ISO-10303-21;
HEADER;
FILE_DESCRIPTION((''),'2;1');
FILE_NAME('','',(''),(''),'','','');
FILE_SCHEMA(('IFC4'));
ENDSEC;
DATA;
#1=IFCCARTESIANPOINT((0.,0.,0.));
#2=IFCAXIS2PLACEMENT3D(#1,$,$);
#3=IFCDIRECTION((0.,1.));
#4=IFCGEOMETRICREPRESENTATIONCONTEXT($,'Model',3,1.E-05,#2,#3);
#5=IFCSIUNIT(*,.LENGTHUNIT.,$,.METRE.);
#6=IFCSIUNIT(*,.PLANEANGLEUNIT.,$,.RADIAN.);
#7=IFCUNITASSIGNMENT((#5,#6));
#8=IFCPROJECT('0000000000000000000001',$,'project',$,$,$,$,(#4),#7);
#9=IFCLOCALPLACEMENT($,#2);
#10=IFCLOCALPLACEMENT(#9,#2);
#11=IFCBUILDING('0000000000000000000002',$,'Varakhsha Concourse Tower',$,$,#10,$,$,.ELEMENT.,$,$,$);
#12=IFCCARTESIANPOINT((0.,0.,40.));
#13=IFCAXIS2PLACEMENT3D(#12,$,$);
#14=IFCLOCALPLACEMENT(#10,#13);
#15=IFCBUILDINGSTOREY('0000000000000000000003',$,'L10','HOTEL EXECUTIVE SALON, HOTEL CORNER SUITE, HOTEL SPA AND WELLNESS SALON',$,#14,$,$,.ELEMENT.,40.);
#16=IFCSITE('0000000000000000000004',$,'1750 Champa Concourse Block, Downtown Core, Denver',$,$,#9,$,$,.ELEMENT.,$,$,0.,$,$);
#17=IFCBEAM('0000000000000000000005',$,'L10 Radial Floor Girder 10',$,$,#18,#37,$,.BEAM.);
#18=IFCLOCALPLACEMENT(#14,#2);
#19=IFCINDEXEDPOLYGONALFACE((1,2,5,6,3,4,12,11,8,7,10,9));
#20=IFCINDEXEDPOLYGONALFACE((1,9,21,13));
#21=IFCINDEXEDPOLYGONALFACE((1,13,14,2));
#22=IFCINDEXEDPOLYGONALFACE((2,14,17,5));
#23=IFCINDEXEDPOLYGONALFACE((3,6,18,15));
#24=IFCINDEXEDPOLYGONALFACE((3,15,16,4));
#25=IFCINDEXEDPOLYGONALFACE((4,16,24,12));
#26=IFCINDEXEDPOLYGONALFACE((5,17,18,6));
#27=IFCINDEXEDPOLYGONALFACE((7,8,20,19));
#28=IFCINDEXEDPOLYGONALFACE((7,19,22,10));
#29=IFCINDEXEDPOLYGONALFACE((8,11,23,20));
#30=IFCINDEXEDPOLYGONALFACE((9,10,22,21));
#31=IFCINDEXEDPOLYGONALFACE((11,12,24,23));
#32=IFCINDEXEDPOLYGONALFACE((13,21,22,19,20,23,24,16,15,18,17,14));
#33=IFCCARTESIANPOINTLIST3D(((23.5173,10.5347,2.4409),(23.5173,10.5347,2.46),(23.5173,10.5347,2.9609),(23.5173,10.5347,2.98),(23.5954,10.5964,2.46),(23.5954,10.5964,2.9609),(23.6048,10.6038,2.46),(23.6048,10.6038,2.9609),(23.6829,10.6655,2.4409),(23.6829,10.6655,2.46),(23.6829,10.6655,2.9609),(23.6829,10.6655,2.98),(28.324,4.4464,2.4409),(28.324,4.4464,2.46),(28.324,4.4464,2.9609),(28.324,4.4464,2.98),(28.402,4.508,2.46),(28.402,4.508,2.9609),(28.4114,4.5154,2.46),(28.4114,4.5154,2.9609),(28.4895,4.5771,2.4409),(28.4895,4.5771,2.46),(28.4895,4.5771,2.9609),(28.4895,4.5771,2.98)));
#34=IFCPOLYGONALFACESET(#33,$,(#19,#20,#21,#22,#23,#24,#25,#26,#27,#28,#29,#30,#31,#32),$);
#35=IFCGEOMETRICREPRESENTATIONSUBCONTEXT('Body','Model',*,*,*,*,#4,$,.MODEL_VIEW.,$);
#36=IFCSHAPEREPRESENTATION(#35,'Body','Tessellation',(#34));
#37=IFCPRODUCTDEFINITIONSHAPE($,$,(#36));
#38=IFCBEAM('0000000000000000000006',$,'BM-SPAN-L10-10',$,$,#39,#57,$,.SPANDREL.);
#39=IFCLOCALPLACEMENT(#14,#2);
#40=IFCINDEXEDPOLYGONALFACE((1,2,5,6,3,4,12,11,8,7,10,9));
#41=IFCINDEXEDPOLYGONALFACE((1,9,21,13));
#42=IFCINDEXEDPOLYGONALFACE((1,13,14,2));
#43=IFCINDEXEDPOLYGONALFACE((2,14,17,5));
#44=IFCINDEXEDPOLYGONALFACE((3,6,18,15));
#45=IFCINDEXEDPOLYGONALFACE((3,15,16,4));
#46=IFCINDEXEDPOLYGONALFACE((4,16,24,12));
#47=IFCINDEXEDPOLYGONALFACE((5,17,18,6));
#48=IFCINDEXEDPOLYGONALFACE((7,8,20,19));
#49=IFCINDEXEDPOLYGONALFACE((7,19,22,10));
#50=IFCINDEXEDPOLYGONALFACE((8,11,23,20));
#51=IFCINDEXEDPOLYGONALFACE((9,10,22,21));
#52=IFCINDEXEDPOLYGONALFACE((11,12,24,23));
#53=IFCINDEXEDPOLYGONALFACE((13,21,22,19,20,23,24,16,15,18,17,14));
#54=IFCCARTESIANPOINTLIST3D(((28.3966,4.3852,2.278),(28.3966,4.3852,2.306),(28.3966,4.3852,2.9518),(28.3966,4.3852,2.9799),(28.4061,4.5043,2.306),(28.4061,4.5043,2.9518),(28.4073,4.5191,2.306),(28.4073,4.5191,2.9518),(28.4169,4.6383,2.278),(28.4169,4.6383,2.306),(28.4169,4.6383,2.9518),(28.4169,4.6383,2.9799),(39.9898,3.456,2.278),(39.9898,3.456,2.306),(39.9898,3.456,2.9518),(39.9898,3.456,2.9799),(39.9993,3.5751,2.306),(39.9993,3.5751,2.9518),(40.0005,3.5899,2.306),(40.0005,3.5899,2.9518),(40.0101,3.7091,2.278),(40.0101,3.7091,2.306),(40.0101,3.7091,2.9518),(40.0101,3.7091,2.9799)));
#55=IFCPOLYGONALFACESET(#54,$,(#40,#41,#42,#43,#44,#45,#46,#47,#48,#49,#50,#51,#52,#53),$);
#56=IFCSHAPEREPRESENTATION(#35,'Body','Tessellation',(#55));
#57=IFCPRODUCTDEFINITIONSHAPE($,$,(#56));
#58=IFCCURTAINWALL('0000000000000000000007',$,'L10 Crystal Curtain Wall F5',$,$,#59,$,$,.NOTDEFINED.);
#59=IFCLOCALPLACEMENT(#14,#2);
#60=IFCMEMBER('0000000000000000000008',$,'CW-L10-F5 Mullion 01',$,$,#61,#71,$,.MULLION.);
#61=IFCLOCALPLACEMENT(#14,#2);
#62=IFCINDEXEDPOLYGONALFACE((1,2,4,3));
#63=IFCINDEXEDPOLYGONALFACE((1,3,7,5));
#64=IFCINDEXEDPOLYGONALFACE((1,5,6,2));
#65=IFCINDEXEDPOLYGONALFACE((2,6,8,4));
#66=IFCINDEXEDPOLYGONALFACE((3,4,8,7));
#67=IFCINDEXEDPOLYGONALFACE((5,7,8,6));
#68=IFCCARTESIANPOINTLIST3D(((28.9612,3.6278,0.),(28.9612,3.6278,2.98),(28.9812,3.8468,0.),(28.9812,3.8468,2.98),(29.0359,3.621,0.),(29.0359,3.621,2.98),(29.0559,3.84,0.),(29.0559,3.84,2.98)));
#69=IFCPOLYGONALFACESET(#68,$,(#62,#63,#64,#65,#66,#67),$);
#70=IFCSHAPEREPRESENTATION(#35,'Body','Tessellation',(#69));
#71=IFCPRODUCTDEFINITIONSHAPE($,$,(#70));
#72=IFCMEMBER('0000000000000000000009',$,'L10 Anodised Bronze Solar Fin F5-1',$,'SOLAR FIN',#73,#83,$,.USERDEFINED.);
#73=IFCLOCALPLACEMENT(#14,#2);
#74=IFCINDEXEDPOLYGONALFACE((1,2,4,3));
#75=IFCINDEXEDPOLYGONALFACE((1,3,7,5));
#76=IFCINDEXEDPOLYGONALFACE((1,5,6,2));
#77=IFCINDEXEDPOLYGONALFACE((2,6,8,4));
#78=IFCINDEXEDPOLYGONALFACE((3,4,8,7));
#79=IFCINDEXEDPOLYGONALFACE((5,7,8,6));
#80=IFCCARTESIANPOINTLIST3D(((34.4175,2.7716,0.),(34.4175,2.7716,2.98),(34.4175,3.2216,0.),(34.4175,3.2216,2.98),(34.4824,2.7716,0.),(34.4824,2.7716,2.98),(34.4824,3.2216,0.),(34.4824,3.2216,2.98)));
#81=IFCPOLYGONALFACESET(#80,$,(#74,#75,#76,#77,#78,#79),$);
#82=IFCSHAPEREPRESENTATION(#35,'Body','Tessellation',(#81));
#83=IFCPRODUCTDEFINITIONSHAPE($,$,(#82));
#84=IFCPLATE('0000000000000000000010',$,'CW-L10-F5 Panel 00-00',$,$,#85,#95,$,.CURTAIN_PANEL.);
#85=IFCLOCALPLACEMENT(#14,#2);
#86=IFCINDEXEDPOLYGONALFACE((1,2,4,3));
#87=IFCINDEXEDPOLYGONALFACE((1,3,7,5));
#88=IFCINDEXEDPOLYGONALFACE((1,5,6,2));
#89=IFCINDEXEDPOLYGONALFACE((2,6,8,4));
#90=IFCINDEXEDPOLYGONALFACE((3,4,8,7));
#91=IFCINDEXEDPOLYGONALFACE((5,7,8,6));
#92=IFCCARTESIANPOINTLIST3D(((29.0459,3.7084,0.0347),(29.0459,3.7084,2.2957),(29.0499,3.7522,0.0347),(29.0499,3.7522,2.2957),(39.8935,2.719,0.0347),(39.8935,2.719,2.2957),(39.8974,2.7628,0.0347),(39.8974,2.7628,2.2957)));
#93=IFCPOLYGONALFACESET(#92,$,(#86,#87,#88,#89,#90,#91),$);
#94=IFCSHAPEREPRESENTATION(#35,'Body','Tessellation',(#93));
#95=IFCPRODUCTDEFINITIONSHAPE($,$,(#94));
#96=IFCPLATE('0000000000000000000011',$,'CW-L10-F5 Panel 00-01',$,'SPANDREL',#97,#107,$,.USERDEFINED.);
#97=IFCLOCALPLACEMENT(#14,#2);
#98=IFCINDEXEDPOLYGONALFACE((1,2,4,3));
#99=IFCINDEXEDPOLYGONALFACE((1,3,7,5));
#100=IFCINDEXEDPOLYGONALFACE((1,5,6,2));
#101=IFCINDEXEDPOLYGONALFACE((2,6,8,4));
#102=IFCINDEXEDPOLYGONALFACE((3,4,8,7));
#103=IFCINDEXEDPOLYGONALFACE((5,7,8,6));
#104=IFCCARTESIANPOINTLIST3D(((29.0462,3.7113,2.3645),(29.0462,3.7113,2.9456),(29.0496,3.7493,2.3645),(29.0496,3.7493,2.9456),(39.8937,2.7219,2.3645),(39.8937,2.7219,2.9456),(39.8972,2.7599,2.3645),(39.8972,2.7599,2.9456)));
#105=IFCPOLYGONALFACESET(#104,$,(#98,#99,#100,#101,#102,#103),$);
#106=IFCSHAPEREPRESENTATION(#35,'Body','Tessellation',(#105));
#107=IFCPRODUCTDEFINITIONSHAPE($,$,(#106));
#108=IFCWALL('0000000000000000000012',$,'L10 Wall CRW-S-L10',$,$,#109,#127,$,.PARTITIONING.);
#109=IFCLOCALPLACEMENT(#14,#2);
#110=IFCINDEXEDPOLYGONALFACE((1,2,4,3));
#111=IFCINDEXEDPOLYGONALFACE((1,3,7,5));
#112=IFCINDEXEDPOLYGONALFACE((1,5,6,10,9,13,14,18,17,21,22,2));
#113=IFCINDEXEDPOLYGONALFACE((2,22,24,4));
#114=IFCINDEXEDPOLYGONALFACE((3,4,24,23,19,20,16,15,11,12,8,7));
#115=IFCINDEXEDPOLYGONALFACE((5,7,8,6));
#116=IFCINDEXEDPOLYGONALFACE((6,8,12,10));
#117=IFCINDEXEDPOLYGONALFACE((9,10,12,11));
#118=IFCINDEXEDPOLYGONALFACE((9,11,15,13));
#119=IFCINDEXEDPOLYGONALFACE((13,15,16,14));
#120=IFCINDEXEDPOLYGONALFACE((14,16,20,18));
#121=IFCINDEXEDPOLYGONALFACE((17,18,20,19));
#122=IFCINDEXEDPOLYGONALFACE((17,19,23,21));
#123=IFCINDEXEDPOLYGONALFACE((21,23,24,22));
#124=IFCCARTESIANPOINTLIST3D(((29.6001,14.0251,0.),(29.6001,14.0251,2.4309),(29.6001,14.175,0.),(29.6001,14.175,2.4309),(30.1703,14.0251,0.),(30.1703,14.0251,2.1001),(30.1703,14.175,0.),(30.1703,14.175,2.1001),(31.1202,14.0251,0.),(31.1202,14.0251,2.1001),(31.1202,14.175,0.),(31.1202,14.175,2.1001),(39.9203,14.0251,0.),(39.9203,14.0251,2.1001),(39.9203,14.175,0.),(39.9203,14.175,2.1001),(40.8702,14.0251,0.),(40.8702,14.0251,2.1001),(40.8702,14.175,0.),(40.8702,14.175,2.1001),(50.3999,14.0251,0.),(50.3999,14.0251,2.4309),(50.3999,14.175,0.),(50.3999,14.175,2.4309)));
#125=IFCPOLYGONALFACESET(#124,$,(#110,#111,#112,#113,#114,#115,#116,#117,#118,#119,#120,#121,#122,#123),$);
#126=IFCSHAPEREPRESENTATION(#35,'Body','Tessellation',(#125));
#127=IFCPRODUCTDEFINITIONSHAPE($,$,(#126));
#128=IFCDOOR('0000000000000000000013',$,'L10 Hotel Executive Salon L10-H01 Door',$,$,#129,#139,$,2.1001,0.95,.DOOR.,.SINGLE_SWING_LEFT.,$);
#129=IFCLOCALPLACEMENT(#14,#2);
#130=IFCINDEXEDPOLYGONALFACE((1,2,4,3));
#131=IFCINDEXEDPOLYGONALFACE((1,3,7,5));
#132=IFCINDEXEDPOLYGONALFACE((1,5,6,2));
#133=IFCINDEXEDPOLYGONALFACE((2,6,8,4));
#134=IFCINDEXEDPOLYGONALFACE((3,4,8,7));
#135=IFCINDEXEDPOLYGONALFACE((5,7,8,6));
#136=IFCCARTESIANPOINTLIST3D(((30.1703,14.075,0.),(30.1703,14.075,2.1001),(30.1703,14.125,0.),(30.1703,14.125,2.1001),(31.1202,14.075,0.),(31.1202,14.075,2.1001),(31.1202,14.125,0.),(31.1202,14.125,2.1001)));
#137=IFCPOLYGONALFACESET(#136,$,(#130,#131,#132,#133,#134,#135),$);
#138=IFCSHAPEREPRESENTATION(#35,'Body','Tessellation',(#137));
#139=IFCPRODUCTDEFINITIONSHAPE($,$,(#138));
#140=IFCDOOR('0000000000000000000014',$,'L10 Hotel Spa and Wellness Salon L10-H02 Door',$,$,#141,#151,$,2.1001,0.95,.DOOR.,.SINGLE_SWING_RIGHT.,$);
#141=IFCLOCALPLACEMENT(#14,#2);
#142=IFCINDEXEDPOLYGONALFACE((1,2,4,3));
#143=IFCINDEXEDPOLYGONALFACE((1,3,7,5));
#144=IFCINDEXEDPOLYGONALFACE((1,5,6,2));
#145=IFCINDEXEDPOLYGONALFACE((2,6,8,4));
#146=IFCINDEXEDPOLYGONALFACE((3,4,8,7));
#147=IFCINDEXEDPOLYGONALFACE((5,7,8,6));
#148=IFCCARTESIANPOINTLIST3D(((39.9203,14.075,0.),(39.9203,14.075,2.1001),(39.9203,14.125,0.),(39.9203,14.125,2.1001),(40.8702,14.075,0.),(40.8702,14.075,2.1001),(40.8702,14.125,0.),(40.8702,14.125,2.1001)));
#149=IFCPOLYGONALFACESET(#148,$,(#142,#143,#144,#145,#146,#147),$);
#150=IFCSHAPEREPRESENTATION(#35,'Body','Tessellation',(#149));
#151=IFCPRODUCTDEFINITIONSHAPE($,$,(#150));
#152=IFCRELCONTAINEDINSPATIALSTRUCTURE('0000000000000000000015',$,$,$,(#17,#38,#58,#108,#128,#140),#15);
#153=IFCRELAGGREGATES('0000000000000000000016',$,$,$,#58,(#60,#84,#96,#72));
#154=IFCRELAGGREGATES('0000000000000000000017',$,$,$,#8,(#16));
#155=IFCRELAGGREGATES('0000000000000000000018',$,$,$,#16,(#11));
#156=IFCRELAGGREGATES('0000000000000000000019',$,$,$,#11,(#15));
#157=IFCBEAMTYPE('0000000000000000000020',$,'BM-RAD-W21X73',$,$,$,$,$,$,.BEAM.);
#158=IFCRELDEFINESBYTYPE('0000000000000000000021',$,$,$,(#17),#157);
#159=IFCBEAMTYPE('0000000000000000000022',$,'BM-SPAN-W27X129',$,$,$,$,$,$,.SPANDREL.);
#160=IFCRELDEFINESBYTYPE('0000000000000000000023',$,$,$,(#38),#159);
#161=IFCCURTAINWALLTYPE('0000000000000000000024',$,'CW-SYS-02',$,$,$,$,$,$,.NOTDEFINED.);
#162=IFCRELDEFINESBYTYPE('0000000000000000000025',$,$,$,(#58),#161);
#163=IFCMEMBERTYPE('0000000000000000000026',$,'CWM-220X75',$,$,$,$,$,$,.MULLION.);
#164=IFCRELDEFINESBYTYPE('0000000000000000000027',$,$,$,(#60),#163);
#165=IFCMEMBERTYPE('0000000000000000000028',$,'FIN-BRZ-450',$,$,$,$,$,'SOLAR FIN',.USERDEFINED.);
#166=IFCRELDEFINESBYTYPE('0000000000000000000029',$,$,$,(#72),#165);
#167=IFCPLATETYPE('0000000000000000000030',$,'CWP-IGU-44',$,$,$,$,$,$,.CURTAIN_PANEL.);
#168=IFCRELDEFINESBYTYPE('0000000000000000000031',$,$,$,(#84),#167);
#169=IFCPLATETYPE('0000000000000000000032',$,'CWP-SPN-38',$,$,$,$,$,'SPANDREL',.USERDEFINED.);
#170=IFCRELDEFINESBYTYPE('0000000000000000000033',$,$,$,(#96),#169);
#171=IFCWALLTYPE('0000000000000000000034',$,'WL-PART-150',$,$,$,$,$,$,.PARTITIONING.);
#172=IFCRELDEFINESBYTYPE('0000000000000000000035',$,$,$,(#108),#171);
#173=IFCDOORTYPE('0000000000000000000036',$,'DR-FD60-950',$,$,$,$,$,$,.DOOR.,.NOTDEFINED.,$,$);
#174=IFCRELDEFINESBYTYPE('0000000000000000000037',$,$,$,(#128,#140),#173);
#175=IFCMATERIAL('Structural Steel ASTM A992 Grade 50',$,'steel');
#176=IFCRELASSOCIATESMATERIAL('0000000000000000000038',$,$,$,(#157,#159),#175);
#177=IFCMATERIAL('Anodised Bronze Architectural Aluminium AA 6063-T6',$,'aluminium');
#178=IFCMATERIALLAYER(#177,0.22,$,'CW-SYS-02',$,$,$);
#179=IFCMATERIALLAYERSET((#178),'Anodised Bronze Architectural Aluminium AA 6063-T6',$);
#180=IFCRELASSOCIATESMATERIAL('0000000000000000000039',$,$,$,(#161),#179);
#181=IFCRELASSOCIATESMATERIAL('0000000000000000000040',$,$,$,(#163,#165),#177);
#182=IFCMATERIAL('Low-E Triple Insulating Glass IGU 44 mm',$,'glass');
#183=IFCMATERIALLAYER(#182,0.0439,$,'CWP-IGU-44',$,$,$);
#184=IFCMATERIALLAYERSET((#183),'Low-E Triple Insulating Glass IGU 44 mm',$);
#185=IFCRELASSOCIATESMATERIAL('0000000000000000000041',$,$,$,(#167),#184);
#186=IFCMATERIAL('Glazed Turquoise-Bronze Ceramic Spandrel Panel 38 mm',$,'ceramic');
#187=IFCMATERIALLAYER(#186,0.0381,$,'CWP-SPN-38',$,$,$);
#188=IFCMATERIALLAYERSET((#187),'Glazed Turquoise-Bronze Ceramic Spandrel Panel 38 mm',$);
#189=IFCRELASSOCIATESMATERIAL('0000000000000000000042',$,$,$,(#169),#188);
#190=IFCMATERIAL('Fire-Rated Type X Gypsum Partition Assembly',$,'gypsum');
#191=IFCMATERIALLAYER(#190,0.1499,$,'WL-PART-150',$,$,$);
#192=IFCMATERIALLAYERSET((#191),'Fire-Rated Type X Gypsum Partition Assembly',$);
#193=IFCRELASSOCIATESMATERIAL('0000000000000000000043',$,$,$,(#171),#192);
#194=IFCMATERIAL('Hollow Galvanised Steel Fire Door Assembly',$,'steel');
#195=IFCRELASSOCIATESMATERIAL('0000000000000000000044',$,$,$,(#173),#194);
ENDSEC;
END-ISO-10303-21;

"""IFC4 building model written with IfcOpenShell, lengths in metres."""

from ifc_helpers import new_model, si_unit, direction, frame, frame_2d, origin, origin_2d, place, context, subcontext, project, spatial, rectangle, i_section, extrude, source, transform, mapped, material, layer, layer_set, material_profile, profile_set, type_object, type_shapes, element, fill, aggregate, save


model = new_model("IFC4")

# Units and contexts
model_context = context("Model", 3, precision=1e-05, world=origin(), true_north=direction((0.0, 1.0)))
body_context = subcontext(model_context, "Body", "Model", "MODEL_VIEW")
ifc_project = project(units=[si_unit("LENGTHUNIT", "METRE"), si_unit("PLANEANGLEUNIT", "RADIAN")], contexts=[model_context])

# Site, building, storey
site_placement = place(None, origin())
site = spatial("IfcSite", under=ifc_project, at=site_placement, Name="1750 Champa Concourse Block, Downtown Core, Denver", CompositionType="ELEMENT", RefElevation=0.0)
building_placement = place(site_placement, origin())
building = spatial("IfcBuilding", under=site, at=building_placement, Name="Varakhsha Concourse Tower", CompositionType="ELEMENT")
storey_placement = place(building_placement, frame((0.0, 0.0, 40.0)))
storey = spatial("IfcBuildingStorey", under=building, at=storey_placement, Name="L10", Description="HOTEL EXECUTIVE SALON, HOTEL CORNER SUITE, HOTEL SPA AND WELLNESS SALON", CompositionType="ELEMENT", Elevation=40.0)

# Shared definitions
ifc_material_1 = material(Name="Structural Steel ASTM A992 Grade 50", Category="steel")

# Beams
ifc_material_profile_1 = material_profile(ifc_material_1, i_section(OverallWidth=0.2109, OverallDepth=0.5391, WebThickness=0.012, FlangeThickness=0.019, at=origin_2d()), Name="W21X73")
ifc_profile_set_1 = profile_set([ifc_material_profile_1], Name="Structural Steel ASTM A992 Grade 50")
beam_type_1 = type_object("IfcBeamType", Name="BM-RAD-W21X73", PredefinedType="BEAM", material=ifc_profile_set_1)
beam_1_placement = place(storey_placement, frame((23.6001, 10.6001, 2.7104), z_axis=(0.619646, -0.784881, 0.0), x_axis=(0.784881, 0.619646, 0.0)))
element("IfcBeam", 1, at=beam_1_placement, inside=storey, type_object=beam_type_1, Name="L10 Radial Floor Girder 10", PredefinedType="BEAM", context=body_context, shape_type="SweptSolid", body=[
    extrude(i_section(OverallWidth=0.2109, OverallDepth=0.5391, WebThickness=0.012, FlangeThickness=0.019, at=origin_2d()), origin(), (0.0, 0.0, 1.0), 7.7571),
])
ifc_material_profile_2 = material_profile(ifc_material_1, i_section(OverallWidth=0.2539, OverallDepth=0.7019, WebThickness=0.0149, FlangeThickness=0.0281, at=origin_2d()), Name="W27X129")
ifc_profile_set_2 = profile_set([ifc_material_profile_2], Name="Structural Steel ASTM A992 Grade 50")
beam_type_2 = type_object("IfcBeamType", Name="BM-SPAN-W27X129", PredefinedType="SPANDREL", material=ifc_profile_set_2)
beam_2_placement = place(storey_placement, frame((28.4067, 4.5117, 2.6289), z_axis=(0.996803, -0.079894, 0.0), x_axis=(0.079894, 0.996803, 0.0)))
element("IfcBeam", 2, at=beam_2_placement, inside=storey, type_object=beam_type_2, Name="BM-SPAN-L10-10", PredefinedType="SPANDREL", context=body_context, shape_type="SweptSolid", body=[
    extrude(i_section(OverallWidth=0.2539, OverallDepth=0.7019, WebThickness=0.0149, FlangeThickness=0.0281, at=origin_2d()), origin(), (0.0, 0.0, 1.0), 11.6304),
])

# Curtain wall, members, plates
ifc_material_2 = material(Name="Anodised Bronze Architectural Aluminium AA 6063-T6", Category="aluminium")
ifc_layer_1 = layer(ifc_material_2, 0.22, Name="CW-SYS-02")
ifc_layer_set_1 = layer_set([ifc_layer_1], Name="Anodised Bronze Architectural Aluminium AA 6063-T6")
curtain_wall_type = type_object("IfcCurtainWallType", Name="CW-SYS-02", PredefinedType="NOTDEFINED", material=ifc_layer_set_1)
curtain_wall_placement = place(storey_placement, origin())
curtain_wall = element("IfcCurtainWall", 3, at=curtain_wall_placement, inside=storey, type_object=curtain_wall_type, Name="L10 Crystal Curtain Wall F5", PredefinedType="NOTDEFINED")
ifc_material_profile_3 = material_profile(ifc_material_2, rectangle(XDim=0.075, YDim=0.22, at=origin_2d()), Name="CWM-220X75")
ifc_profile_set_3 = profile_set([ifc_material_profile_3], Name="Anodised Bronze Architectural Aluminium AA 6063-T6")
member_type_1 = type_object("IfcMemberType", Name="CWM-220X75", PredefinedType="MULLION", material=ifc_profile_set_3)
shared_shape_1 = source(origin(), body_context, "Body", "SweptSolid", [
    extrude(rectangle(XDim=0.075, YDim=0.22, at=origin_2d()), origin(), (0.0, 0.0, 1.0), 2.98),
])
type_shapes(member_type_1, [shared_shape_1])
member_1_placement = place(storey_placement, frame((29.0085, 3.7339, 0.0), z_axis=(0.0, 0.0, 1.0), x_axis=(-0.995866, 0.090834, 0.0)))
member_1 = element("IfcMember", 4, at=member_1_placement, type_object=member_type_1, Name="CW-L10-F5 Mullion 01", PredefinedType="MULLION", context=body_context, shape_type="MappedRepresentation", body=[
    mapped(shared_shape_1, transform((0.0, 0.0, 0.0), scale=1.0)),
])
ifc_material_profile_4 = material_profile(ifc_material_2, rectangle(XDim=0.0649, YDim=0.45, at=origin_2d()), Name="FIN-BRZ-450")
ifc_profile_set_4 = profile_set([ifc_material_profile_4], Name="Anodised Bronze Architectural Aluminium AA 6063-T6")
member_type_2 = type_object("IfcMemberType", Name="FIN-BRZ-450", ElementType="SOLAR FIN", PredefinedType="USERDEFINED", material=ifc_profile_set_4)
shared_shape_2 = source(origin(), body_context, "Body", "SweptSolid", [
    extrude(rectangle(XDim=0.0649, YDim=0.45, at=origin_2d()), origin(), (0.0, 0.0, 1.0), 2.98),
])
type_shapes(member_type_2, [shared_shape_2])
member_2_placement = place(storey_placement, frame((34.45, 2.9966, 0.0), z_axis=(0.0, 0.0, 1.0), x_axis=(1.0, 0.0, 0.0)))
member_2 = element("IfcMember", 5, at=member_2_placement, type_object=member_type_2, Name="L10 Anodised Bronze Solar Fin F5-1", ObjectType="SOLAR FIN", PredefinedType="USERDEFINED", context=body_context, shape_type="MappedRepresentation", body=[
    mapped(shared_shape_2, transform((0.0, 0.0, 0.0), scale=1.0)),
])
ifc_material_3 = material(Name="Low-E Triple Insulating Glass IGU 44 mm", Category="glass")
ifc_layer_2 = layer(ifc_material_3, 0.0439, Name="CWP-IGU-44")
ifc_layer_set_2 = layer_set([ifc_layer_2], Name="Low-E Triple Insulating Glass IGU 44 mm")
plate_type_1 = type_object("IfcPlateType", Name="CWP-IGU-44", PredefinedType="CURTAIN_PANEL", material=ifc_layer_set_2)
shared_shape_3 = source(origin(), body_context, "Body", "SweptSolid", [
    extrude(rectangle(XDim=10.8926, YDim=0.0439, at=origin_2d()), origin(), (0.0, 0.0, 1.0), 2.261),
])
type_shapes(plate_type_1, [shared_shape_3])
plate_1_placement = place(storey_placement, frame((34.4717, 3.2356, 0.0347), z_axis=(0.0, 0.0, 1.0), x_axis=(-0.995866, 0.090834, 0.0)))
plate_1 = element("IfcPlate", 6, at=plate_1_placement, type_object=plate_type_1, Name="CW-L10-F5 Panel 00-00", PredefinedType="CURTAIN_PANEL", context=body_context, shape_type="MappedRepresentation", body=[
    mapped(shared_shape_3, transform((0.0, 0.0, 0.0), scale=1.0)),
])
ifc_material_4 = material(Name="Glazed Turquoise-Bronze Ceramic Spandrel Panel 38 mm", Category="ceramic")
ifc_layer_3 = layer(ifc_material_4, 0.0381, Name="CWP-SPN-38")
ifc_layer_set_3 = layer_set([ifc_layer_3], Name="Glazed Turquoise-Bronze Ceramic Spandrel Panel 38 mm")
plate_type_2 = type_object("IfcPlateType", Name="CWP-SPN-38", ElementType="SPANDREL", PredefinedType="USERDEFINED", material=ifc_layer_set_3)
shared_shape_4 = source(origin(), body_context, "Body", "SweptSolid", [
    extrude(rectangle(XDim=10.8926, YDim=0.0381, at=origin_2d()), origin(), (0.0, 0.0, 1.0), 0.5811),
])
type_shapes(plate_type_2, [shared_shape_4])
plate_2_placement = place(storey_placement, frame((34.4717, 3.2356, 2.3645), z_axis=(0.0, 0.0, 1.0), x_axis=(-0.995866, 0.090834, 0.0)))
plate_2 = element("IfcPlate", 7, at=plate_2_placement, type_object=plate_type_2, Name="CW-L10-F5 Panel 00-01", ObjectType="SPANDREL", PredefinedType="USERDEFINED", context=body_context, shape_type="MappedRepresentation", body=[
    mapped(shared_shape_4, transform((0.0, 0.0, 0.0), scale=1.0)),
])
aggregate(curtain_wall, [member_1, plate_1, plate_2, member_2])

# Wall, openings, doors
ifc_material_5 = material(Name="Fire-Rated Type X Gypsum Partition Assembly", Category="gypsum")
ifc_layer_4 = layer(ifc_material_5, 0.1499, Name="WL-PART-150")
ifc_layer_set_4 = layer_set([ifc_layer_4], Name="Fire-Rated Type X Gypsum Partition Assembly")
wall_type = type_object("IfcWallType", Name="WL-PART-150", PredefinedType="PARTITIONING", material=ifc_layer_set_4)
wall_1_placement = place(storey_placement, frame((29.6001, 14.1001, 0.0), z_axis=(0.0, 0.0, 1.0), x_axis=(1.0, 0.0, 0.0)))
wall_1 = element("IfcWall", 8, at=wall_1_placement, inside=storey, type_object=wall_type, Name="L10 Wall CRW-S-L10", PredefinedType="PARTITIONING", context=body_context, shape_type="SweptSolid", body=[
    extrude(rectangle(XDim=20.7998, YDim=0.1499, at=frame_2d((10.3999, 0.0))), origin(), (0.0, 0.0, 1.0), 2.4309),
])
opening_1_placement = place(wall_1_placement, frame((0.5701, 0.0, 0.0)))
opening_1 = element("IfcOpeningElement", 9, at=opening_1_placement, cuts=wall_1, PredefinedType="OPENING", context=body_context, shape_type="SweptSolid", body=[
    extrude(rectangle(XDim=0.95, YDim=2.1001, at=frame_2d((0.4751, 1.05))), frame((0.0, 0.085, 0.0), z_axis=(0.0, -1.0, 0.0), x_axis=(1.0, 0.0, 0.0)), (0.0, 0.0, 1.0), 0.1699),
])
opening_2_placement = place(wall_1_placement, frame((10.3201, 0.0, 0.0)))
opening_2 = element("IfcOpeningElement", 10, at=opening_2_placement, cuts=wall_1, PredefinedType="OPENING", context=body_context, shape_type="SweptSolid", body=[
    extrude(rectangle(XDim=0.95, YDim=2.1001, at=frame_2d((0.4751, 1.05))), frame((0.0, 0.085, 0.0), z_axis=(0.0, -1.0, 0.0), x_axis=(1.0, 0.0, 0.0)), (0.0, 0.0, 1.0), 0.1699),
])
ifc_material_6 = material(Name="Hollow Galvanised Steel Fire Door Assembly", Category="steel")
door_type = type_object("IfcDoorType", Name="DR-FD60-950", OperationType="NOTDEFINED", PredefinedType="DOOR", material=ifc_material_6)
door_1_placement = place(opening_1_placement, origin())
door_1 = element("IfcDoor", 11, at=door_1_placement, inside=storey, type_object=door_type, Name="L10 Hotel Executive Salon L10-H01 Door", OperationType="SINGLE_SWING_LEFT", OverallHeight=2.1001, OverallWidth=0.95, PredefinedType="DOOR", context=body_context, shape_type="SweptSolid", body=[
    extrude(rectangle(XDim=0.95, YDim=2.1001, at=frame_2d((0.4751, 1.05))), frame((0.0, 0.0249, 0.0), z_axis=(0.0, -1.0, 0.0), x_axis=(1.0, 0.0, 0.0)), (0.0, 0.0, 1.0), 0.05),
])
fill(opening_1, door_1)
door_2_placement = place(opening_2_placement, origin())
door_2 = element("IfcDoor", 12, at=door_2_placement, inside=storey, type_object=door_type, Name="L10 Hotel Spa and Wellness Salon L10-H02 Door", OperationType="SINGLE_SWING_RIGHT", OverallHeight=2.1001, OverallWidth=0.95, PredefinedType="DOOR", context=body_context, shape_type="SweptSolid", body=[
    extrude(rectangle(XDim=0.95, YDim=2.1001, at=frame_2d((0.4751, 1.05))), frame((0.0, 0.0249, 0.0), z_axis=(0.0, -1.0, 0.0), x_axis=(1.0, 0.0, 0.0)), (0.0, 0.0, 1.0), 0.05),
])
fill(opening_2, door_2)

save(model, "model.ifc")
